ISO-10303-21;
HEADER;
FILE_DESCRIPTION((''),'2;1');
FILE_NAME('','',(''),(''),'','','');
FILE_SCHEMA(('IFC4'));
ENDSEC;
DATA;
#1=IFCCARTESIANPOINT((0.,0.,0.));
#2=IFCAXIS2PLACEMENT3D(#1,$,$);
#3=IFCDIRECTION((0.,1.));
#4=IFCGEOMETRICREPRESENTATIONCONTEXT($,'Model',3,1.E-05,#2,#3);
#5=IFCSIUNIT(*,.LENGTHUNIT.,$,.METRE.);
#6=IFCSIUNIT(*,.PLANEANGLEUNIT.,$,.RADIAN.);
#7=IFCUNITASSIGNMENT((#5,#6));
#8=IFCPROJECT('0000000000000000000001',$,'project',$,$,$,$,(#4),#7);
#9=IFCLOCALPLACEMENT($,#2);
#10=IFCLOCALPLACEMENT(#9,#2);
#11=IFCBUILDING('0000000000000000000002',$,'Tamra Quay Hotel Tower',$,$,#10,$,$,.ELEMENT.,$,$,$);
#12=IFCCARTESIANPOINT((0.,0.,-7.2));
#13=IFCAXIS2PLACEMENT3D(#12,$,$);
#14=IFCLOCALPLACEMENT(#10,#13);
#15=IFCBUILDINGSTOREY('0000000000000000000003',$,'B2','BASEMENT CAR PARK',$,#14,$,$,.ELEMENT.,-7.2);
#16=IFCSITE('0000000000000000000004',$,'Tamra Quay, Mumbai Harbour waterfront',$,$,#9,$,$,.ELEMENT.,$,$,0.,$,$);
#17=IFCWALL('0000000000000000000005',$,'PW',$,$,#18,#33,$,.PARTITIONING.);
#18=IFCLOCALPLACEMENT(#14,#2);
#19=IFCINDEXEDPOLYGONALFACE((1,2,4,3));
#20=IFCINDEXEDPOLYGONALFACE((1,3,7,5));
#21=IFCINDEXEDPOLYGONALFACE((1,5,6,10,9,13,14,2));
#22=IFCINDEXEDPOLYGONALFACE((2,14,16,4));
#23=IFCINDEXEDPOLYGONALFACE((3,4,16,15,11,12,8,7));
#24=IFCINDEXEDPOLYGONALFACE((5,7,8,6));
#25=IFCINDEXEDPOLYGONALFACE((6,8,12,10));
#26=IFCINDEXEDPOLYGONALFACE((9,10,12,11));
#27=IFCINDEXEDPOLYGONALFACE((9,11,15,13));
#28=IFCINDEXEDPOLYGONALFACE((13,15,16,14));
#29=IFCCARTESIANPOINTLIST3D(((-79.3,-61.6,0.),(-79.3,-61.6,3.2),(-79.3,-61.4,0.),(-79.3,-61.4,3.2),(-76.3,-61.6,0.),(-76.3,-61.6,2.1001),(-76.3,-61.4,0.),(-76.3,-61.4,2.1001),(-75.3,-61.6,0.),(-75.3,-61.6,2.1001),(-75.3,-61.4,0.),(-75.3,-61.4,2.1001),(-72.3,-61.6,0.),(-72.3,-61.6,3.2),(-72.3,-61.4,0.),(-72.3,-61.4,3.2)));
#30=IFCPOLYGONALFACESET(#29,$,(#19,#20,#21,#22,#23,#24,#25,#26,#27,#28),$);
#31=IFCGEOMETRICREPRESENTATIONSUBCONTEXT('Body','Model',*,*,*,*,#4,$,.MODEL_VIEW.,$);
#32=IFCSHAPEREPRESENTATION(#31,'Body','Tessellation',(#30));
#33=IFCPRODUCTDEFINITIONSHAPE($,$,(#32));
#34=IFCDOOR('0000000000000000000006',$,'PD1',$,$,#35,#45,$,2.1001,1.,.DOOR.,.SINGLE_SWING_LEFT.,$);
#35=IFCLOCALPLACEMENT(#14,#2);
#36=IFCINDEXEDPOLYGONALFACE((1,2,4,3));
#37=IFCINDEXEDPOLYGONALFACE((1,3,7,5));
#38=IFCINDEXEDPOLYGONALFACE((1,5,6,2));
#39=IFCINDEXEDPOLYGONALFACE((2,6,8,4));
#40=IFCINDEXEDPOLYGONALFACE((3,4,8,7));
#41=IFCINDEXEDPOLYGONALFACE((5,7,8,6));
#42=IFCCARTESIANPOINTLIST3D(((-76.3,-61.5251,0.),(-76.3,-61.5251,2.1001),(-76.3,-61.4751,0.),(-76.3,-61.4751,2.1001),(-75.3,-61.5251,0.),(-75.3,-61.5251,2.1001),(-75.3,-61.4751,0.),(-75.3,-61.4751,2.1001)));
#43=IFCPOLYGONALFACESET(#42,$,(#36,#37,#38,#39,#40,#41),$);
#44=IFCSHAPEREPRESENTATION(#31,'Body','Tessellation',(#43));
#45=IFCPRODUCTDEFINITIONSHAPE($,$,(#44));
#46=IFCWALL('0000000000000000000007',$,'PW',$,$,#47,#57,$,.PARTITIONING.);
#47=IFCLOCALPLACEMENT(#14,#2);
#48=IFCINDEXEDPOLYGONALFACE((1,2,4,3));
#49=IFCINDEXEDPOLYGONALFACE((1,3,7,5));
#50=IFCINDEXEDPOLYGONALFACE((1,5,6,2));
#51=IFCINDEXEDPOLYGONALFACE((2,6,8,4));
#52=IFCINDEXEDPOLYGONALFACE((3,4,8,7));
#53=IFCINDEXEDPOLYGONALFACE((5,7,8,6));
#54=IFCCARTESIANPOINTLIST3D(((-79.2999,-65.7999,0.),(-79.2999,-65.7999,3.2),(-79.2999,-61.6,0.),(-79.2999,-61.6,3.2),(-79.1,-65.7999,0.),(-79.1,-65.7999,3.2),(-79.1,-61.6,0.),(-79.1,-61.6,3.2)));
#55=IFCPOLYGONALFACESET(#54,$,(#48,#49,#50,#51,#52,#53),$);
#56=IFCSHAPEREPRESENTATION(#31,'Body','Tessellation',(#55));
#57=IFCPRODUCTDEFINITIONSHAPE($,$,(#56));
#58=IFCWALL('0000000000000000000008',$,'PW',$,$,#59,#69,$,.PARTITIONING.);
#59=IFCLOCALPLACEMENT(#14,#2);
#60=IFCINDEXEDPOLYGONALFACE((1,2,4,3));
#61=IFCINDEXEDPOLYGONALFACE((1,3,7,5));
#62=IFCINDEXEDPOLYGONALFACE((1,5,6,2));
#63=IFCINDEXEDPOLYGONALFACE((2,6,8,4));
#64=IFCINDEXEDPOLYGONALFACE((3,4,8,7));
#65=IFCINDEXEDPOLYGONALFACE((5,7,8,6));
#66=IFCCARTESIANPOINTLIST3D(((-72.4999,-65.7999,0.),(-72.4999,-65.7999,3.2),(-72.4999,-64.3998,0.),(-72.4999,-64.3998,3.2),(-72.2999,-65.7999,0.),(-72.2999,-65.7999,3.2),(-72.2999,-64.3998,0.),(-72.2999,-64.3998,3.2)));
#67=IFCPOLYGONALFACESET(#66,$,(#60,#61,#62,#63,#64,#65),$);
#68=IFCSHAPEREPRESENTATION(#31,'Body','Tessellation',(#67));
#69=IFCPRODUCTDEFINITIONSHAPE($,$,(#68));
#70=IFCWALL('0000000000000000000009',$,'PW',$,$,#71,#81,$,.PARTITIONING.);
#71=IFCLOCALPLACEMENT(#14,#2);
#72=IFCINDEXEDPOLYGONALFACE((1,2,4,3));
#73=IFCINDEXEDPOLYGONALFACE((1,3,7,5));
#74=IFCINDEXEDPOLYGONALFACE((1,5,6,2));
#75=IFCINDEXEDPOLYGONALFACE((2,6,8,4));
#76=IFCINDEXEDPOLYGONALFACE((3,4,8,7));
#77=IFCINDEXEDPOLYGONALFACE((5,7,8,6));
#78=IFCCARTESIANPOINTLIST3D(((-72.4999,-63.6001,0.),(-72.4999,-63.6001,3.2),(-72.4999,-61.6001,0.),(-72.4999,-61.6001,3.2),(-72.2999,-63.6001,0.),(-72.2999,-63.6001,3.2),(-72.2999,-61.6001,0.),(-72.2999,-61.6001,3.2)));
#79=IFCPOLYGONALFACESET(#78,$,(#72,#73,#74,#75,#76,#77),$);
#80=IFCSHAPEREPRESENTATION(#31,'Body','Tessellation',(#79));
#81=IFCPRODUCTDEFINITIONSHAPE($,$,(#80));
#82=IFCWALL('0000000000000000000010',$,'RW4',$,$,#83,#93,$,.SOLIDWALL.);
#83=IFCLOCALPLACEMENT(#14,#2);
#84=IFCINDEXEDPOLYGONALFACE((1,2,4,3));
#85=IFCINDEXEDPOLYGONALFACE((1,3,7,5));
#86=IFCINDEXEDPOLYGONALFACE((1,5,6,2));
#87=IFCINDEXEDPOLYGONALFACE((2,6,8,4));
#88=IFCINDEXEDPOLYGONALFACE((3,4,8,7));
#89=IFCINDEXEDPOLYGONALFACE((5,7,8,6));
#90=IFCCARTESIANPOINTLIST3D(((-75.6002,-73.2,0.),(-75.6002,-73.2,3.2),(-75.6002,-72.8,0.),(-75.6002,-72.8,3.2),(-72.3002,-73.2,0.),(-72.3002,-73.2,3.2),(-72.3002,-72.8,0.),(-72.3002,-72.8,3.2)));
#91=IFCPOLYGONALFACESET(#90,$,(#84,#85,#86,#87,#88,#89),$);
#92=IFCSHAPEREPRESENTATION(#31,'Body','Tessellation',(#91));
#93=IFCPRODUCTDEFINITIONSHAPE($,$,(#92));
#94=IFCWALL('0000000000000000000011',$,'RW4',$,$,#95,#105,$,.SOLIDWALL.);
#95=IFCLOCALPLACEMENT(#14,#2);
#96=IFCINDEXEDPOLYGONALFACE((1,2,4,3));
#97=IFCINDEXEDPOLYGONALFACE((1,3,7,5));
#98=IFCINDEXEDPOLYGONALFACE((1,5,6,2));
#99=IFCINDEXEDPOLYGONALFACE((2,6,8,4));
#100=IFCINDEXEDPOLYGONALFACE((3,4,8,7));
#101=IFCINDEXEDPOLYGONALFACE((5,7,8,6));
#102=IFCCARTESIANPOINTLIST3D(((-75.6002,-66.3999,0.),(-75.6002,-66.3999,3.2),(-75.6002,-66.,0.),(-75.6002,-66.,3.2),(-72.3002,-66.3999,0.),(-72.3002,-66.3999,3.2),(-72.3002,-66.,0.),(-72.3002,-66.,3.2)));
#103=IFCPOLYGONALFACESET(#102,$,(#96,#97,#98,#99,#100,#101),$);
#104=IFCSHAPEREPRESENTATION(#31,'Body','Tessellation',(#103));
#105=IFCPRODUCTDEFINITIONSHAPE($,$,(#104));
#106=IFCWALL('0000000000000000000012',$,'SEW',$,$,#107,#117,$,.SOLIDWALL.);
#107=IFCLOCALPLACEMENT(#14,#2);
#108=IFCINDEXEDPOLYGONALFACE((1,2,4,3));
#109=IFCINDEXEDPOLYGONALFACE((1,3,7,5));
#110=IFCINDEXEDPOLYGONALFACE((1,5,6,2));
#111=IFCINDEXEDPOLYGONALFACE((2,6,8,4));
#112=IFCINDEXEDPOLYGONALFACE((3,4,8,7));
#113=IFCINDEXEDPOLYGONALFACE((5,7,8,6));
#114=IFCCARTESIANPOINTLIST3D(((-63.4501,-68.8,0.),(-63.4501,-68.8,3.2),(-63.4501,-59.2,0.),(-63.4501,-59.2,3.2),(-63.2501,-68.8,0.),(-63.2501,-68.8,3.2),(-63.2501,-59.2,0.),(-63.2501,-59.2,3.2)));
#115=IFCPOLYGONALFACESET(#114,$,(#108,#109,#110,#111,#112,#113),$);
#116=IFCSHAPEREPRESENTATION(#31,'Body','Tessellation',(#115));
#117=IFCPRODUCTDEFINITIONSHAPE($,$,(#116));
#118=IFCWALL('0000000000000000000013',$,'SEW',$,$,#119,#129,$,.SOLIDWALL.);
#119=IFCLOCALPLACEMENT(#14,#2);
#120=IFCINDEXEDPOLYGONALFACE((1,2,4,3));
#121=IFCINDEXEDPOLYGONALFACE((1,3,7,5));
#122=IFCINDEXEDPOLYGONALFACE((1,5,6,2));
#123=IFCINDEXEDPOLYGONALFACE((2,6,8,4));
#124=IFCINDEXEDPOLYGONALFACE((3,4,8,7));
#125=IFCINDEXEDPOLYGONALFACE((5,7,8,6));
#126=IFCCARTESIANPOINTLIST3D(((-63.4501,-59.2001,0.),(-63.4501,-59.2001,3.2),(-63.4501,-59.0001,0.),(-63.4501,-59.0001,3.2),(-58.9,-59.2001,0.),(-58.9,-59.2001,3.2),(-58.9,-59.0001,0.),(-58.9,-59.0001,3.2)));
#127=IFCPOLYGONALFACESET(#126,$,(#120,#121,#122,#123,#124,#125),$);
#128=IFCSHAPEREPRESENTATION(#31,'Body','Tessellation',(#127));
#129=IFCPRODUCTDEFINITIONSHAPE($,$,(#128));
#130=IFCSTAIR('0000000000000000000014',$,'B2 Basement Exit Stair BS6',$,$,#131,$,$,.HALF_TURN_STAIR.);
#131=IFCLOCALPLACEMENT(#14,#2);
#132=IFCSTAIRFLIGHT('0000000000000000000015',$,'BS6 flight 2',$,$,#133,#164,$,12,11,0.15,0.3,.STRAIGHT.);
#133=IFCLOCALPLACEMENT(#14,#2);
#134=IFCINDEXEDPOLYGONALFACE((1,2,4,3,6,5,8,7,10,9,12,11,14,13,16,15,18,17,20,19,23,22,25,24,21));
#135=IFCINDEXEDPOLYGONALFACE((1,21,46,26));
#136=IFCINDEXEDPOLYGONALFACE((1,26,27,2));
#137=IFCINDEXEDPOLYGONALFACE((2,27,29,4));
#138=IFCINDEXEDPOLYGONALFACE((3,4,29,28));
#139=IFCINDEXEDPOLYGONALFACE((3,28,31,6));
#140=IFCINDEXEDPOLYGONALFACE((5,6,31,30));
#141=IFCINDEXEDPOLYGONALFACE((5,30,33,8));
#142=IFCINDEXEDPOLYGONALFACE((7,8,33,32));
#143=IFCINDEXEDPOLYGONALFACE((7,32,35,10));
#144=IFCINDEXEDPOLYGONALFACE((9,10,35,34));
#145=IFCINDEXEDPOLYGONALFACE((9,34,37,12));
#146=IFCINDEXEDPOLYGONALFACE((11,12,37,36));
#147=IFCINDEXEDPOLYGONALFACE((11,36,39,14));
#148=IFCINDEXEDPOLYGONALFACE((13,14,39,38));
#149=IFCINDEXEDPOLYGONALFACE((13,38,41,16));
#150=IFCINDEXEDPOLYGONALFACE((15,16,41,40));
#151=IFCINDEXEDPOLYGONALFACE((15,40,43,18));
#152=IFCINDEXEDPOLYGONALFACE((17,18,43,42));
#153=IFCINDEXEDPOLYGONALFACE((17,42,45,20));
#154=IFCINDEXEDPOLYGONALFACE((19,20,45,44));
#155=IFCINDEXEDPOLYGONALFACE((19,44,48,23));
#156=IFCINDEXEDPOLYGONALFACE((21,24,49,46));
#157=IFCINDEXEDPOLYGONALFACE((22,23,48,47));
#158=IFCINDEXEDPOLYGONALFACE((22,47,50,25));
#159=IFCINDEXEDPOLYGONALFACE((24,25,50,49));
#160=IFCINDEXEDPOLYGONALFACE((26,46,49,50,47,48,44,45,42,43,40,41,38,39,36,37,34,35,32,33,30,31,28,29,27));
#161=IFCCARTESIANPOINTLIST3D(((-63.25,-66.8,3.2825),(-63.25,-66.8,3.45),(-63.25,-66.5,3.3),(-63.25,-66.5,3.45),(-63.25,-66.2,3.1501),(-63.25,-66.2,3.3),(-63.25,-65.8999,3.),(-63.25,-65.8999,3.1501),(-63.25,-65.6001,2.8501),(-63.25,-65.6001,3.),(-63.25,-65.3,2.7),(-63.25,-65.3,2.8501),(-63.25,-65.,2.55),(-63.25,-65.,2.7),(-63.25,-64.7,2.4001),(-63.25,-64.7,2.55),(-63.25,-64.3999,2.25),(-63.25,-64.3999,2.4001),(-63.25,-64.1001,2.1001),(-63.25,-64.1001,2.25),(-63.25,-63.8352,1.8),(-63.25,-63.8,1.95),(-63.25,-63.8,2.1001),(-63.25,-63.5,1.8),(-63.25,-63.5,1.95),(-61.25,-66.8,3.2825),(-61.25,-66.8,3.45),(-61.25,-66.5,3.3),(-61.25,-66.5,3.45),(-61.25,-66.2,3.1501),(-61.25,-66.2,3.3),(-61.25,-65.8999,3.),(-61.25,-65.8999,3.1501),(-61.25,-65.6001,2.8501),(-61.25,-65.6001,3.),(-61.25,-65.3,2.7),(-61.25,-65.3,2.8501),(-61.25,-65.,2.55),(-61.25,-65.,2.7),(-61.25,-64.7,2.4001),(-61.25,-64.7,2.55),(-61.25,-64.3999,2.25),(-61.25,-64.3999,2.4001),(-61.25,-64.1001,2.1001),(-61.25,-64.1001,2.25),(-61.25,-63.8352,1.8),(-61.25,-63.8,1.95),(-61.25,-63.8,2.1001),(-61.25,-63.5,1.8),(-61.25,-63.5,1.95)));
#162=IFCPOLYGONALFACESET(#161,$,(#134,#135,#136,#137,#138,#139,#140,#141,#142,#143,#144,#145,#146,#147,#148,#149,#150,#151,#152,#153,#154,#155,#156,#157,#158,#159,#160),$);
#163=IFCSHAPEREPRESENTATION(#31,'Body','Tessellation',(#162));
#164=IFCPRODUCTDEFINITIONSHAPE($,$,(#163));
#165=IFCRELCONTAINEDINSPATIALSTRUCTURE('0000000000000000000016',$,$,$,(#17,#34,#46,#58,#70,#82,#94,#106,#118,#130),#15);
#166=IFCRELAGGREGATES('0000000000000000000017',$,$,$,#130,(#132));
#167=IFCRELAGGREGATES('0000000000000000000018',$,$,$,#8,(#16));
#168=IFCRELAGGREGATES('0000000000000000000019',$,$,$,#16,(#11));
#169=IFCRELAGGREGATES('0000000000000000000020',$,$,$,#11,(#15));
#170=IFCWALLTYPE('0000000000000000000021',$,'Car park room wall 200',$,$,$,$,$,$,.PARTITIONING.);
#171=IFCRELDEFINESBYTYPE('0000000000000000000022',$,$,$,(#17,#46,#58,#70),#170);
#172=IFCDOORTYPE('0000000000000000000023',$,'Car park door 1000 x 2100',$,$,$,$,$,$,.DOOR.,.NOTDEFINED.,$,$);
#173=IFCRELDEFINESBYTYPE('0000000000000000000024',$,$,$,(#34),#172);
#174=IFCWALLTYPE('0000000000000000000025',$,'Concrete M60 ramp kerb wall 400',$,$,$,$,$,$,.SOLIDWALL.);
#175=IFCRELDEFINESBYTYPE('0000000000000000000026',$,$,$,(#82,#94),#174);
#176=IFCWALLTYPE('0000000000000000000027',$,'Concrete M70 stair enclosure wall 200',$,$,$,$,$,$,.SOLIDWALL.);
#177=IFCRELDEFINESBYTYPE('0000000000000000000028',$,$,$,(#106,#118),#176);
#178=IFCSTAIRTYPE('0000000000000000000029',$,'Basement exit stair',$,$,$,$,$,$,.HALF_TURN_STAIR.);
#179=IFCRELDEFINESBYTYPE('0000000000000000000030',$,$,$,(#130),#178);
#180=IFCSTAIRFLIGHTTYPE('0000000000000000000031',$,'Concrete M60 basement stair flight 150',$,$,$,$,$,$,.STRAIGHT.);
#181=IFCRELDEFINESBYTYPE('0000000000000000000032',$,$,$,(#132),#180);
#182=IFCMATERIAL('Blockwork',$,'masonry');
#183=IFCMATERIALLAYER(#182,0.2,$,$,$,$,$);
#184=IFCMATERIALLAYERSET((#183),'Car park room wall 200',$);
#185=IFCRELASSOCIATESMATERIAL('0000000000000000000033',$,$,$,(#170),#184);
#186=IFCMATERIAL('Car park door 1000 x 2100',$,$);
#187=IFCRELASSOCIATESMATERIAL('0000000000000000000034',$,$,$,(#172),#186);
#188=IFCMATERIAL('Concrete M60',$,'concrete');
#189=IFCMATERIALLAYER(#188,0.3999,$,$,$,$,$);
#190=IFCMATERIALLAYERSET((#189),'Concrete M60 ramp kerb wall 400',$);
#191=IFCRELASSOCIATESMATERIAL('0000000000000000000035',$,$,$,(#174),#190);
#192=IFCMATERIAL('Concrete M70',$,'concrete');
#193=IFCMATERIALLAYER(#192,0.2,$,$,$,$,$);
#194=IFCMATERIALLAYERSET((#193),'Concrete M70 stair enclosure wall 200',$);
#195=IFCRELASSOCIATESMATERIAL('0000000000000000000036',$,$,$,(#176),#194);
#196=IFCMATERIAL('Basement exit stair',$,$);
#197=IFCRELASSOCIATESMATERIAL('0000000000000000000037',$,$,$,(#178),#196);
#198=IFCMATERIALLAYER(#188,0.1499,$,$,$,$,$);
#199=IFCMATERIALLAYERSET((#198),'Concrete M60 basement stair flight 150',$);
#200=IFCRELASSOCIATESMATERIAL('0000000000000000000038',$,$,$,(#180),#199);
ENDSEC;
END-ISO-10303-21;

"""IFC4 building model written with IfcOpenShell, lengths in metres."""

from ifc_helpers import new_model, si_unit, direction, frame, frame_2d, origin, place, context, subcontext, project, spatial, polyline, rectangle, outline, extrude, material, layer, layer_set, type_object, element, fill, aggregate, save


model = new_model("IFC4")

# Units and contexts
model_context = context("Model", 3, precision=1e-05, world=origin(), true_north=direction((0.0, 1.0)))
body_context = subcontext(model_context, "Body", "Model", "MODEL_VIEW")
ifc_project = project(units=[si_unit("LENGTHUNIT", "METRE"), si_unit("PLANEANGLEUNIT", "RADIAN")], contexts=[model_context])

# Site, building, storey
site_placement = place(None, origin())
site = spatial("IfcSite", under=ifc_project, at=site_placement, Name="Tamra Quay, Mumbai Harbour waterfront", CompositionType="ELEMENT", RefElevation=0.0)
building_placement = place(site_placement, origin())
building = spatial("IfcBuilding", under=site, at=building_placement, Name="Tamra Quay Hotel Tower", CompositionType="ELEMENT")
storey_placement = place(building_placement, frame((0.0, 0.0, -7.2)))
storey = spatial("IfcBuildingStorey", under=building, at=storey_placement, Name="B2", Description="BASEMENT CAR PARK", CompositionType="ELEMENT", Elevation=-7.2)

# Shared definitions
ifc_material_1 = material(Name="Concrete M70", Category="concrete")

# Shared definitions
ifc_material_2 = material(Name="Concrete M60", Category="concrete")

# Shared definitions
ifc_material_3 = material(Name="Blockwork", Category="masonry")
ifc_layer_1 = layer(ifc_material_3, 0.2)
ifc_layer_set_1 = layer_set([ifc_layer_1], Name="Car park room wall 200")
wall_type_1 = type_object("IfcWallType", Name="Car park room wall 200", PredefinedType="PARTITIONING", material=ifc_layer_set_1)

# Shared definitions
ifc_material_4 = material(Name="Car park door 1000 x 2100")
door_type = type_object("IfcDoorType", Name="Car park door 1000 x 2100", OperationType="NOTDEFINED", PredefinedType="DOOR", material=ifc_material_4)

# Wall, opening, door
wall_1_placement = place(storey_placement, frame((-79.3, -61.5, 0.0), z_axis=(0.0, 0.0, 1.0), x_axis=(1.0, 0.0, 0.0)))
wall_1 = element("IfcWall", 1, at=wall_1_placement, inside=storey, type_object=wall_type_1, Name="PW", PredefinedType="PARTITIONING", context=body_context, shape_type="SweptSolid", body=[
    extrude(rectangle(XDim=7.0, YDim=0.2, at=frame_2d((3.5, 0.0))), origin(), (0.0, 0.0, 1.0), 3.2),
])
opening_1_placement = place(wall_1_placement, frame((3.0, 0.0, 0.0)))
opening_1 = element("IfcOpeningElement", 2, at=opening_1_placement, cuts=wall_1, PredefinedType="OPENING", context=body_context, shape_type="SweptSolid", body=[
    extrude(rectangle(XDim=1.0, YDim=2.1001, at=frame_2d((0.5, 1.05))), frame((0.0, 0.1099, 0.0), z_axis=(0.0, -1.0, 0.0), x_axis=(1.0, 0.0, 0.0)), (0.0, 0.0, 1.0), 0.22),
])
door_1_placement = place(opening_1_placement, origin())
door_1 = element("IfcDoor", 3, at=door_1_placement, inside=storey, type_object=door_type, Name="PD1", OperationType="SINGLE_SWING_LEFT", OverallHeight=2.1001, OverallWidth=1.0, PredefinedType="DOOR", context=body_context, shape_type="SweptSolid", body=[
    extrude(rectangle(XDim=1.0, YDim=2.1001, at=frame_2d((0.5, 1.05))), frame((0.0, 0.0249, 0.0), z_axis=(0.0, -1.0, 0.0), x_axis=(1.0, 0.0, 0.0)), (0.0, 0.0, 1.0), 0.05),
])
fill(opening_1, door_1)

# Walls
wall_2_placement = place(storey_placement, frame((-79.2, -65.8, 0.0), z_axis=(0.0, 0.0, 1.0), x_axis=(0.0, 1.0, 0.0)))
element("IfcWall", 4, at=wall_2_placement, inside=storey, type_object=wall_type_1, Name="PW", PredefinedType="PARTITIONING", context=body_context, shape_type="SweptSolid", body=[
    extrude(rectangle(XDim=4.2, YDim=0.2, at=frame_2d((2.1001, 0.0))), origin(), (0.0, 0.0, 1.0), 3.2),
])
wall_3_placement = place(storey_placement, frame((-72.3999, -65.8, 0.0), z_axis=(0.0, 0.0, 1.0), x_axis=(0.0, 1.0, 0.0)))
element("IfcWall", 5, at=wall_3_placement, inside=storey, type_object=wall_type_1, Name="PW", PredefinedType="PARTITIONING", context=body_context, shape_type="SweptSolid", body=[
    extrude(rectangle(XDim=1.4001, YDim=0.2, at=frame_2d((0.7002, 0.0))), origin(), (0.0, 0.0, 1.0), 3.2),
])
wall_4_placement = place(storey_placement, frame((-72.3999, -63.6001, 0.0), z_axis=(0.0, 0.0, 1.0), x_axis=(0.0, 1.0, 0.0)))
element("IfcWall", 6, at=wall_4_placement, inside=storey, type_object=wall_type_1, Name="PW", PredefinedType="PARTITIONING", context=body_context, shape_type="SweptSolid", body=[
    extrude(rectangle(XDim=2.0, YDim=0.2, at=frame_2d((1.0, 0.0))), origin(), (0.0, 0.0, 1.0), 3.2),
])
ifc_layer_2 = layer(ifc_material_2, 0.3999)
ifc_layer_set_2 = layer_set([ifc_layer_2], Name="Concrete M60 ramp kerb wall 400")
wall_type_2 = type_object("IfcWallType", Name="Concrete M60 ramp kerb wall 400", PredefinedType="SOLIDWALL", material=ifc_layer_set_2)
for number, where, z_axis, x_axis, name in (
    (7, (-75.6001, -73.0, 0.0), (0.0, 0.0, 1.0), (1.0, 0.0, 0.0), "RW4"),
    (8, (-75.6001, -66.2, 0.0), (0.0, 0.0, 1.0), (1.0, 0.0, 0.0), "RW4"),
):
    element("IfcWall", number, at=place(storey_placement, frame(where, z_axis=z_axis, x_axis=x_axis)), inside=storey, type_object=wall_type_2, Name=name, PredefinedType="SOLIDWALL", context=body_context, shape_type="SweptSolid", body=[
        extrude(rectangle(XDim=3.3, YDim=0.3999, at=frame_2d((1.6499, 0.0))), origin(), (0.0, 0.0, 1.0), 3.2),
    ])
ifc_layer_3 = layer(ifc_material_1, 0.2)
ifc_layer_set_3 = layer_set([ifc_layer_3], Name="Concrete M70 stair enclosure wall 200")
wall_type_3 = type_object("IfcWallType", Name="Concrete M70 stair enclosure wall 200", PredefinedType="SOLIDWALL", material=ifc_layer_set_3)
wall_5_placement = place(storey_placement, frame((-63.3501, -68.8, 0.0), z_axis=(0.0, 0.0, 1.0), x_axis=(0.0, 1.0, 0.0)))
element("IfcWall", 9, at=wall_5_placement, inside=storey, type_object=wall_type_3, Name="SEW", PredefinedType="SOLIDWALL", context=body_context, shape_type="SweptSolid", body=[
    extrude(rectangle(XDim=9.6001, YDim=0.2, at=frame_2d((4.8, 0.0))), origin(), (0.0, 0.0, 1.0), 3.2),
])
wall_6_placement = place(storey_placement, frame((-63.45, -59.1001, 0.0), z_axis=(0.0, 0.0, 1.0), x_axis=(1.0, 0.0, 0.0)))
element("IfcWall", 10, at=wall_6_placement, inside=storey, type_object=wall_type_3, Name="SEW", PredefinedType="SOLIDWALL", context=body_context, shape_type="SweptSolid", body=[
    extrude(rectangle(XDim=4.55, YDim=0.2, at=frame_2d((2.2749, 0.0))), origin(), (0.0, 0.0, 1.0), 3.2),
])

# Stair, stair flight
ifc_material_5 = material(Name="Basement exit stair")
stair_type = type_object("IfcStairType", Name="Basement exit stair", PredefinedType="HALF_TURN_STAIR", material=ifc_material_5)
stair_placement = place(storey_placement, origin())
stair = element("IfcStair", 11, at=stair_placement, inside=storey, type_object=stair_type, Name="B2 Basement Exit Stair BS6", PredefinedType="HALF_TURN_STAIR")
ifc_layer_4 = layer(ifc_material_2, 0.1499)
ifc_layer_set_4 = layer_set([ifc_layer_4], Name="Concrete M60 basement stair flight 150")
stair_flight_type = type_object("IfcStairFlightType", Name="Concrete M60 basement stair flight 150", PredefinedType="STRAIGHT", material=ifc_layer_set_4)
stair_flight_placement = place(storey_placement, frame((-62.25, -63.5, 1.8), z_axis=(0.0, 0.0, 1.0), x_axis=(0.0, -1.0, 0.0)))
stair_flight = element("IfcStairFlight", 12, at=stair_flight_placement, type_object=stair_flight_type, Name="BS6 flight 2", NumberOfRisers=12, NumberOfTreads=11, PredefinedType="STRAIGHT", RiserHeight=0.15, TreadLength=0.3, context=body_context, shape_type="SweptSolid", body=[
    extrude(outline(polyline([(0.0, 0.0), (0.0, 0.1499), (0.3, 0.1499), (0.3, 0.3), (0.6001, 0.3), (0.6001, 0.45), (0.8999, 0.45), (0.8999, 0.6001), (1.2, 0.6001), (1.2, 0.75), (1.5, 0.75), (1.5, 0.8999), (1.8, 0.8999), (1.8, 1.05), (2.1001, 1.05), (2.1001, 1.2), (2.3999, 1.2), (2.3999, 1.3501), (2.7, 1.3501), (2.7, 1.5), (3.0, 1.5), (3.0, 1.6499), (3.3, 1.6499), (3.3, 1.8), (3.3, 1.4824), (0.3352, 0.0), (0.0, 0.0)])), frame((0.0, 1.0, 0.0), z_axis=(0.0, -1.0, 0.0), x_axis=(1.0, 0.0, 0.0)), (0.0, 0.0, 1.0), 2.0),
])
aggregate(stair, [stair_flight])

save(model, "model.ifc")
